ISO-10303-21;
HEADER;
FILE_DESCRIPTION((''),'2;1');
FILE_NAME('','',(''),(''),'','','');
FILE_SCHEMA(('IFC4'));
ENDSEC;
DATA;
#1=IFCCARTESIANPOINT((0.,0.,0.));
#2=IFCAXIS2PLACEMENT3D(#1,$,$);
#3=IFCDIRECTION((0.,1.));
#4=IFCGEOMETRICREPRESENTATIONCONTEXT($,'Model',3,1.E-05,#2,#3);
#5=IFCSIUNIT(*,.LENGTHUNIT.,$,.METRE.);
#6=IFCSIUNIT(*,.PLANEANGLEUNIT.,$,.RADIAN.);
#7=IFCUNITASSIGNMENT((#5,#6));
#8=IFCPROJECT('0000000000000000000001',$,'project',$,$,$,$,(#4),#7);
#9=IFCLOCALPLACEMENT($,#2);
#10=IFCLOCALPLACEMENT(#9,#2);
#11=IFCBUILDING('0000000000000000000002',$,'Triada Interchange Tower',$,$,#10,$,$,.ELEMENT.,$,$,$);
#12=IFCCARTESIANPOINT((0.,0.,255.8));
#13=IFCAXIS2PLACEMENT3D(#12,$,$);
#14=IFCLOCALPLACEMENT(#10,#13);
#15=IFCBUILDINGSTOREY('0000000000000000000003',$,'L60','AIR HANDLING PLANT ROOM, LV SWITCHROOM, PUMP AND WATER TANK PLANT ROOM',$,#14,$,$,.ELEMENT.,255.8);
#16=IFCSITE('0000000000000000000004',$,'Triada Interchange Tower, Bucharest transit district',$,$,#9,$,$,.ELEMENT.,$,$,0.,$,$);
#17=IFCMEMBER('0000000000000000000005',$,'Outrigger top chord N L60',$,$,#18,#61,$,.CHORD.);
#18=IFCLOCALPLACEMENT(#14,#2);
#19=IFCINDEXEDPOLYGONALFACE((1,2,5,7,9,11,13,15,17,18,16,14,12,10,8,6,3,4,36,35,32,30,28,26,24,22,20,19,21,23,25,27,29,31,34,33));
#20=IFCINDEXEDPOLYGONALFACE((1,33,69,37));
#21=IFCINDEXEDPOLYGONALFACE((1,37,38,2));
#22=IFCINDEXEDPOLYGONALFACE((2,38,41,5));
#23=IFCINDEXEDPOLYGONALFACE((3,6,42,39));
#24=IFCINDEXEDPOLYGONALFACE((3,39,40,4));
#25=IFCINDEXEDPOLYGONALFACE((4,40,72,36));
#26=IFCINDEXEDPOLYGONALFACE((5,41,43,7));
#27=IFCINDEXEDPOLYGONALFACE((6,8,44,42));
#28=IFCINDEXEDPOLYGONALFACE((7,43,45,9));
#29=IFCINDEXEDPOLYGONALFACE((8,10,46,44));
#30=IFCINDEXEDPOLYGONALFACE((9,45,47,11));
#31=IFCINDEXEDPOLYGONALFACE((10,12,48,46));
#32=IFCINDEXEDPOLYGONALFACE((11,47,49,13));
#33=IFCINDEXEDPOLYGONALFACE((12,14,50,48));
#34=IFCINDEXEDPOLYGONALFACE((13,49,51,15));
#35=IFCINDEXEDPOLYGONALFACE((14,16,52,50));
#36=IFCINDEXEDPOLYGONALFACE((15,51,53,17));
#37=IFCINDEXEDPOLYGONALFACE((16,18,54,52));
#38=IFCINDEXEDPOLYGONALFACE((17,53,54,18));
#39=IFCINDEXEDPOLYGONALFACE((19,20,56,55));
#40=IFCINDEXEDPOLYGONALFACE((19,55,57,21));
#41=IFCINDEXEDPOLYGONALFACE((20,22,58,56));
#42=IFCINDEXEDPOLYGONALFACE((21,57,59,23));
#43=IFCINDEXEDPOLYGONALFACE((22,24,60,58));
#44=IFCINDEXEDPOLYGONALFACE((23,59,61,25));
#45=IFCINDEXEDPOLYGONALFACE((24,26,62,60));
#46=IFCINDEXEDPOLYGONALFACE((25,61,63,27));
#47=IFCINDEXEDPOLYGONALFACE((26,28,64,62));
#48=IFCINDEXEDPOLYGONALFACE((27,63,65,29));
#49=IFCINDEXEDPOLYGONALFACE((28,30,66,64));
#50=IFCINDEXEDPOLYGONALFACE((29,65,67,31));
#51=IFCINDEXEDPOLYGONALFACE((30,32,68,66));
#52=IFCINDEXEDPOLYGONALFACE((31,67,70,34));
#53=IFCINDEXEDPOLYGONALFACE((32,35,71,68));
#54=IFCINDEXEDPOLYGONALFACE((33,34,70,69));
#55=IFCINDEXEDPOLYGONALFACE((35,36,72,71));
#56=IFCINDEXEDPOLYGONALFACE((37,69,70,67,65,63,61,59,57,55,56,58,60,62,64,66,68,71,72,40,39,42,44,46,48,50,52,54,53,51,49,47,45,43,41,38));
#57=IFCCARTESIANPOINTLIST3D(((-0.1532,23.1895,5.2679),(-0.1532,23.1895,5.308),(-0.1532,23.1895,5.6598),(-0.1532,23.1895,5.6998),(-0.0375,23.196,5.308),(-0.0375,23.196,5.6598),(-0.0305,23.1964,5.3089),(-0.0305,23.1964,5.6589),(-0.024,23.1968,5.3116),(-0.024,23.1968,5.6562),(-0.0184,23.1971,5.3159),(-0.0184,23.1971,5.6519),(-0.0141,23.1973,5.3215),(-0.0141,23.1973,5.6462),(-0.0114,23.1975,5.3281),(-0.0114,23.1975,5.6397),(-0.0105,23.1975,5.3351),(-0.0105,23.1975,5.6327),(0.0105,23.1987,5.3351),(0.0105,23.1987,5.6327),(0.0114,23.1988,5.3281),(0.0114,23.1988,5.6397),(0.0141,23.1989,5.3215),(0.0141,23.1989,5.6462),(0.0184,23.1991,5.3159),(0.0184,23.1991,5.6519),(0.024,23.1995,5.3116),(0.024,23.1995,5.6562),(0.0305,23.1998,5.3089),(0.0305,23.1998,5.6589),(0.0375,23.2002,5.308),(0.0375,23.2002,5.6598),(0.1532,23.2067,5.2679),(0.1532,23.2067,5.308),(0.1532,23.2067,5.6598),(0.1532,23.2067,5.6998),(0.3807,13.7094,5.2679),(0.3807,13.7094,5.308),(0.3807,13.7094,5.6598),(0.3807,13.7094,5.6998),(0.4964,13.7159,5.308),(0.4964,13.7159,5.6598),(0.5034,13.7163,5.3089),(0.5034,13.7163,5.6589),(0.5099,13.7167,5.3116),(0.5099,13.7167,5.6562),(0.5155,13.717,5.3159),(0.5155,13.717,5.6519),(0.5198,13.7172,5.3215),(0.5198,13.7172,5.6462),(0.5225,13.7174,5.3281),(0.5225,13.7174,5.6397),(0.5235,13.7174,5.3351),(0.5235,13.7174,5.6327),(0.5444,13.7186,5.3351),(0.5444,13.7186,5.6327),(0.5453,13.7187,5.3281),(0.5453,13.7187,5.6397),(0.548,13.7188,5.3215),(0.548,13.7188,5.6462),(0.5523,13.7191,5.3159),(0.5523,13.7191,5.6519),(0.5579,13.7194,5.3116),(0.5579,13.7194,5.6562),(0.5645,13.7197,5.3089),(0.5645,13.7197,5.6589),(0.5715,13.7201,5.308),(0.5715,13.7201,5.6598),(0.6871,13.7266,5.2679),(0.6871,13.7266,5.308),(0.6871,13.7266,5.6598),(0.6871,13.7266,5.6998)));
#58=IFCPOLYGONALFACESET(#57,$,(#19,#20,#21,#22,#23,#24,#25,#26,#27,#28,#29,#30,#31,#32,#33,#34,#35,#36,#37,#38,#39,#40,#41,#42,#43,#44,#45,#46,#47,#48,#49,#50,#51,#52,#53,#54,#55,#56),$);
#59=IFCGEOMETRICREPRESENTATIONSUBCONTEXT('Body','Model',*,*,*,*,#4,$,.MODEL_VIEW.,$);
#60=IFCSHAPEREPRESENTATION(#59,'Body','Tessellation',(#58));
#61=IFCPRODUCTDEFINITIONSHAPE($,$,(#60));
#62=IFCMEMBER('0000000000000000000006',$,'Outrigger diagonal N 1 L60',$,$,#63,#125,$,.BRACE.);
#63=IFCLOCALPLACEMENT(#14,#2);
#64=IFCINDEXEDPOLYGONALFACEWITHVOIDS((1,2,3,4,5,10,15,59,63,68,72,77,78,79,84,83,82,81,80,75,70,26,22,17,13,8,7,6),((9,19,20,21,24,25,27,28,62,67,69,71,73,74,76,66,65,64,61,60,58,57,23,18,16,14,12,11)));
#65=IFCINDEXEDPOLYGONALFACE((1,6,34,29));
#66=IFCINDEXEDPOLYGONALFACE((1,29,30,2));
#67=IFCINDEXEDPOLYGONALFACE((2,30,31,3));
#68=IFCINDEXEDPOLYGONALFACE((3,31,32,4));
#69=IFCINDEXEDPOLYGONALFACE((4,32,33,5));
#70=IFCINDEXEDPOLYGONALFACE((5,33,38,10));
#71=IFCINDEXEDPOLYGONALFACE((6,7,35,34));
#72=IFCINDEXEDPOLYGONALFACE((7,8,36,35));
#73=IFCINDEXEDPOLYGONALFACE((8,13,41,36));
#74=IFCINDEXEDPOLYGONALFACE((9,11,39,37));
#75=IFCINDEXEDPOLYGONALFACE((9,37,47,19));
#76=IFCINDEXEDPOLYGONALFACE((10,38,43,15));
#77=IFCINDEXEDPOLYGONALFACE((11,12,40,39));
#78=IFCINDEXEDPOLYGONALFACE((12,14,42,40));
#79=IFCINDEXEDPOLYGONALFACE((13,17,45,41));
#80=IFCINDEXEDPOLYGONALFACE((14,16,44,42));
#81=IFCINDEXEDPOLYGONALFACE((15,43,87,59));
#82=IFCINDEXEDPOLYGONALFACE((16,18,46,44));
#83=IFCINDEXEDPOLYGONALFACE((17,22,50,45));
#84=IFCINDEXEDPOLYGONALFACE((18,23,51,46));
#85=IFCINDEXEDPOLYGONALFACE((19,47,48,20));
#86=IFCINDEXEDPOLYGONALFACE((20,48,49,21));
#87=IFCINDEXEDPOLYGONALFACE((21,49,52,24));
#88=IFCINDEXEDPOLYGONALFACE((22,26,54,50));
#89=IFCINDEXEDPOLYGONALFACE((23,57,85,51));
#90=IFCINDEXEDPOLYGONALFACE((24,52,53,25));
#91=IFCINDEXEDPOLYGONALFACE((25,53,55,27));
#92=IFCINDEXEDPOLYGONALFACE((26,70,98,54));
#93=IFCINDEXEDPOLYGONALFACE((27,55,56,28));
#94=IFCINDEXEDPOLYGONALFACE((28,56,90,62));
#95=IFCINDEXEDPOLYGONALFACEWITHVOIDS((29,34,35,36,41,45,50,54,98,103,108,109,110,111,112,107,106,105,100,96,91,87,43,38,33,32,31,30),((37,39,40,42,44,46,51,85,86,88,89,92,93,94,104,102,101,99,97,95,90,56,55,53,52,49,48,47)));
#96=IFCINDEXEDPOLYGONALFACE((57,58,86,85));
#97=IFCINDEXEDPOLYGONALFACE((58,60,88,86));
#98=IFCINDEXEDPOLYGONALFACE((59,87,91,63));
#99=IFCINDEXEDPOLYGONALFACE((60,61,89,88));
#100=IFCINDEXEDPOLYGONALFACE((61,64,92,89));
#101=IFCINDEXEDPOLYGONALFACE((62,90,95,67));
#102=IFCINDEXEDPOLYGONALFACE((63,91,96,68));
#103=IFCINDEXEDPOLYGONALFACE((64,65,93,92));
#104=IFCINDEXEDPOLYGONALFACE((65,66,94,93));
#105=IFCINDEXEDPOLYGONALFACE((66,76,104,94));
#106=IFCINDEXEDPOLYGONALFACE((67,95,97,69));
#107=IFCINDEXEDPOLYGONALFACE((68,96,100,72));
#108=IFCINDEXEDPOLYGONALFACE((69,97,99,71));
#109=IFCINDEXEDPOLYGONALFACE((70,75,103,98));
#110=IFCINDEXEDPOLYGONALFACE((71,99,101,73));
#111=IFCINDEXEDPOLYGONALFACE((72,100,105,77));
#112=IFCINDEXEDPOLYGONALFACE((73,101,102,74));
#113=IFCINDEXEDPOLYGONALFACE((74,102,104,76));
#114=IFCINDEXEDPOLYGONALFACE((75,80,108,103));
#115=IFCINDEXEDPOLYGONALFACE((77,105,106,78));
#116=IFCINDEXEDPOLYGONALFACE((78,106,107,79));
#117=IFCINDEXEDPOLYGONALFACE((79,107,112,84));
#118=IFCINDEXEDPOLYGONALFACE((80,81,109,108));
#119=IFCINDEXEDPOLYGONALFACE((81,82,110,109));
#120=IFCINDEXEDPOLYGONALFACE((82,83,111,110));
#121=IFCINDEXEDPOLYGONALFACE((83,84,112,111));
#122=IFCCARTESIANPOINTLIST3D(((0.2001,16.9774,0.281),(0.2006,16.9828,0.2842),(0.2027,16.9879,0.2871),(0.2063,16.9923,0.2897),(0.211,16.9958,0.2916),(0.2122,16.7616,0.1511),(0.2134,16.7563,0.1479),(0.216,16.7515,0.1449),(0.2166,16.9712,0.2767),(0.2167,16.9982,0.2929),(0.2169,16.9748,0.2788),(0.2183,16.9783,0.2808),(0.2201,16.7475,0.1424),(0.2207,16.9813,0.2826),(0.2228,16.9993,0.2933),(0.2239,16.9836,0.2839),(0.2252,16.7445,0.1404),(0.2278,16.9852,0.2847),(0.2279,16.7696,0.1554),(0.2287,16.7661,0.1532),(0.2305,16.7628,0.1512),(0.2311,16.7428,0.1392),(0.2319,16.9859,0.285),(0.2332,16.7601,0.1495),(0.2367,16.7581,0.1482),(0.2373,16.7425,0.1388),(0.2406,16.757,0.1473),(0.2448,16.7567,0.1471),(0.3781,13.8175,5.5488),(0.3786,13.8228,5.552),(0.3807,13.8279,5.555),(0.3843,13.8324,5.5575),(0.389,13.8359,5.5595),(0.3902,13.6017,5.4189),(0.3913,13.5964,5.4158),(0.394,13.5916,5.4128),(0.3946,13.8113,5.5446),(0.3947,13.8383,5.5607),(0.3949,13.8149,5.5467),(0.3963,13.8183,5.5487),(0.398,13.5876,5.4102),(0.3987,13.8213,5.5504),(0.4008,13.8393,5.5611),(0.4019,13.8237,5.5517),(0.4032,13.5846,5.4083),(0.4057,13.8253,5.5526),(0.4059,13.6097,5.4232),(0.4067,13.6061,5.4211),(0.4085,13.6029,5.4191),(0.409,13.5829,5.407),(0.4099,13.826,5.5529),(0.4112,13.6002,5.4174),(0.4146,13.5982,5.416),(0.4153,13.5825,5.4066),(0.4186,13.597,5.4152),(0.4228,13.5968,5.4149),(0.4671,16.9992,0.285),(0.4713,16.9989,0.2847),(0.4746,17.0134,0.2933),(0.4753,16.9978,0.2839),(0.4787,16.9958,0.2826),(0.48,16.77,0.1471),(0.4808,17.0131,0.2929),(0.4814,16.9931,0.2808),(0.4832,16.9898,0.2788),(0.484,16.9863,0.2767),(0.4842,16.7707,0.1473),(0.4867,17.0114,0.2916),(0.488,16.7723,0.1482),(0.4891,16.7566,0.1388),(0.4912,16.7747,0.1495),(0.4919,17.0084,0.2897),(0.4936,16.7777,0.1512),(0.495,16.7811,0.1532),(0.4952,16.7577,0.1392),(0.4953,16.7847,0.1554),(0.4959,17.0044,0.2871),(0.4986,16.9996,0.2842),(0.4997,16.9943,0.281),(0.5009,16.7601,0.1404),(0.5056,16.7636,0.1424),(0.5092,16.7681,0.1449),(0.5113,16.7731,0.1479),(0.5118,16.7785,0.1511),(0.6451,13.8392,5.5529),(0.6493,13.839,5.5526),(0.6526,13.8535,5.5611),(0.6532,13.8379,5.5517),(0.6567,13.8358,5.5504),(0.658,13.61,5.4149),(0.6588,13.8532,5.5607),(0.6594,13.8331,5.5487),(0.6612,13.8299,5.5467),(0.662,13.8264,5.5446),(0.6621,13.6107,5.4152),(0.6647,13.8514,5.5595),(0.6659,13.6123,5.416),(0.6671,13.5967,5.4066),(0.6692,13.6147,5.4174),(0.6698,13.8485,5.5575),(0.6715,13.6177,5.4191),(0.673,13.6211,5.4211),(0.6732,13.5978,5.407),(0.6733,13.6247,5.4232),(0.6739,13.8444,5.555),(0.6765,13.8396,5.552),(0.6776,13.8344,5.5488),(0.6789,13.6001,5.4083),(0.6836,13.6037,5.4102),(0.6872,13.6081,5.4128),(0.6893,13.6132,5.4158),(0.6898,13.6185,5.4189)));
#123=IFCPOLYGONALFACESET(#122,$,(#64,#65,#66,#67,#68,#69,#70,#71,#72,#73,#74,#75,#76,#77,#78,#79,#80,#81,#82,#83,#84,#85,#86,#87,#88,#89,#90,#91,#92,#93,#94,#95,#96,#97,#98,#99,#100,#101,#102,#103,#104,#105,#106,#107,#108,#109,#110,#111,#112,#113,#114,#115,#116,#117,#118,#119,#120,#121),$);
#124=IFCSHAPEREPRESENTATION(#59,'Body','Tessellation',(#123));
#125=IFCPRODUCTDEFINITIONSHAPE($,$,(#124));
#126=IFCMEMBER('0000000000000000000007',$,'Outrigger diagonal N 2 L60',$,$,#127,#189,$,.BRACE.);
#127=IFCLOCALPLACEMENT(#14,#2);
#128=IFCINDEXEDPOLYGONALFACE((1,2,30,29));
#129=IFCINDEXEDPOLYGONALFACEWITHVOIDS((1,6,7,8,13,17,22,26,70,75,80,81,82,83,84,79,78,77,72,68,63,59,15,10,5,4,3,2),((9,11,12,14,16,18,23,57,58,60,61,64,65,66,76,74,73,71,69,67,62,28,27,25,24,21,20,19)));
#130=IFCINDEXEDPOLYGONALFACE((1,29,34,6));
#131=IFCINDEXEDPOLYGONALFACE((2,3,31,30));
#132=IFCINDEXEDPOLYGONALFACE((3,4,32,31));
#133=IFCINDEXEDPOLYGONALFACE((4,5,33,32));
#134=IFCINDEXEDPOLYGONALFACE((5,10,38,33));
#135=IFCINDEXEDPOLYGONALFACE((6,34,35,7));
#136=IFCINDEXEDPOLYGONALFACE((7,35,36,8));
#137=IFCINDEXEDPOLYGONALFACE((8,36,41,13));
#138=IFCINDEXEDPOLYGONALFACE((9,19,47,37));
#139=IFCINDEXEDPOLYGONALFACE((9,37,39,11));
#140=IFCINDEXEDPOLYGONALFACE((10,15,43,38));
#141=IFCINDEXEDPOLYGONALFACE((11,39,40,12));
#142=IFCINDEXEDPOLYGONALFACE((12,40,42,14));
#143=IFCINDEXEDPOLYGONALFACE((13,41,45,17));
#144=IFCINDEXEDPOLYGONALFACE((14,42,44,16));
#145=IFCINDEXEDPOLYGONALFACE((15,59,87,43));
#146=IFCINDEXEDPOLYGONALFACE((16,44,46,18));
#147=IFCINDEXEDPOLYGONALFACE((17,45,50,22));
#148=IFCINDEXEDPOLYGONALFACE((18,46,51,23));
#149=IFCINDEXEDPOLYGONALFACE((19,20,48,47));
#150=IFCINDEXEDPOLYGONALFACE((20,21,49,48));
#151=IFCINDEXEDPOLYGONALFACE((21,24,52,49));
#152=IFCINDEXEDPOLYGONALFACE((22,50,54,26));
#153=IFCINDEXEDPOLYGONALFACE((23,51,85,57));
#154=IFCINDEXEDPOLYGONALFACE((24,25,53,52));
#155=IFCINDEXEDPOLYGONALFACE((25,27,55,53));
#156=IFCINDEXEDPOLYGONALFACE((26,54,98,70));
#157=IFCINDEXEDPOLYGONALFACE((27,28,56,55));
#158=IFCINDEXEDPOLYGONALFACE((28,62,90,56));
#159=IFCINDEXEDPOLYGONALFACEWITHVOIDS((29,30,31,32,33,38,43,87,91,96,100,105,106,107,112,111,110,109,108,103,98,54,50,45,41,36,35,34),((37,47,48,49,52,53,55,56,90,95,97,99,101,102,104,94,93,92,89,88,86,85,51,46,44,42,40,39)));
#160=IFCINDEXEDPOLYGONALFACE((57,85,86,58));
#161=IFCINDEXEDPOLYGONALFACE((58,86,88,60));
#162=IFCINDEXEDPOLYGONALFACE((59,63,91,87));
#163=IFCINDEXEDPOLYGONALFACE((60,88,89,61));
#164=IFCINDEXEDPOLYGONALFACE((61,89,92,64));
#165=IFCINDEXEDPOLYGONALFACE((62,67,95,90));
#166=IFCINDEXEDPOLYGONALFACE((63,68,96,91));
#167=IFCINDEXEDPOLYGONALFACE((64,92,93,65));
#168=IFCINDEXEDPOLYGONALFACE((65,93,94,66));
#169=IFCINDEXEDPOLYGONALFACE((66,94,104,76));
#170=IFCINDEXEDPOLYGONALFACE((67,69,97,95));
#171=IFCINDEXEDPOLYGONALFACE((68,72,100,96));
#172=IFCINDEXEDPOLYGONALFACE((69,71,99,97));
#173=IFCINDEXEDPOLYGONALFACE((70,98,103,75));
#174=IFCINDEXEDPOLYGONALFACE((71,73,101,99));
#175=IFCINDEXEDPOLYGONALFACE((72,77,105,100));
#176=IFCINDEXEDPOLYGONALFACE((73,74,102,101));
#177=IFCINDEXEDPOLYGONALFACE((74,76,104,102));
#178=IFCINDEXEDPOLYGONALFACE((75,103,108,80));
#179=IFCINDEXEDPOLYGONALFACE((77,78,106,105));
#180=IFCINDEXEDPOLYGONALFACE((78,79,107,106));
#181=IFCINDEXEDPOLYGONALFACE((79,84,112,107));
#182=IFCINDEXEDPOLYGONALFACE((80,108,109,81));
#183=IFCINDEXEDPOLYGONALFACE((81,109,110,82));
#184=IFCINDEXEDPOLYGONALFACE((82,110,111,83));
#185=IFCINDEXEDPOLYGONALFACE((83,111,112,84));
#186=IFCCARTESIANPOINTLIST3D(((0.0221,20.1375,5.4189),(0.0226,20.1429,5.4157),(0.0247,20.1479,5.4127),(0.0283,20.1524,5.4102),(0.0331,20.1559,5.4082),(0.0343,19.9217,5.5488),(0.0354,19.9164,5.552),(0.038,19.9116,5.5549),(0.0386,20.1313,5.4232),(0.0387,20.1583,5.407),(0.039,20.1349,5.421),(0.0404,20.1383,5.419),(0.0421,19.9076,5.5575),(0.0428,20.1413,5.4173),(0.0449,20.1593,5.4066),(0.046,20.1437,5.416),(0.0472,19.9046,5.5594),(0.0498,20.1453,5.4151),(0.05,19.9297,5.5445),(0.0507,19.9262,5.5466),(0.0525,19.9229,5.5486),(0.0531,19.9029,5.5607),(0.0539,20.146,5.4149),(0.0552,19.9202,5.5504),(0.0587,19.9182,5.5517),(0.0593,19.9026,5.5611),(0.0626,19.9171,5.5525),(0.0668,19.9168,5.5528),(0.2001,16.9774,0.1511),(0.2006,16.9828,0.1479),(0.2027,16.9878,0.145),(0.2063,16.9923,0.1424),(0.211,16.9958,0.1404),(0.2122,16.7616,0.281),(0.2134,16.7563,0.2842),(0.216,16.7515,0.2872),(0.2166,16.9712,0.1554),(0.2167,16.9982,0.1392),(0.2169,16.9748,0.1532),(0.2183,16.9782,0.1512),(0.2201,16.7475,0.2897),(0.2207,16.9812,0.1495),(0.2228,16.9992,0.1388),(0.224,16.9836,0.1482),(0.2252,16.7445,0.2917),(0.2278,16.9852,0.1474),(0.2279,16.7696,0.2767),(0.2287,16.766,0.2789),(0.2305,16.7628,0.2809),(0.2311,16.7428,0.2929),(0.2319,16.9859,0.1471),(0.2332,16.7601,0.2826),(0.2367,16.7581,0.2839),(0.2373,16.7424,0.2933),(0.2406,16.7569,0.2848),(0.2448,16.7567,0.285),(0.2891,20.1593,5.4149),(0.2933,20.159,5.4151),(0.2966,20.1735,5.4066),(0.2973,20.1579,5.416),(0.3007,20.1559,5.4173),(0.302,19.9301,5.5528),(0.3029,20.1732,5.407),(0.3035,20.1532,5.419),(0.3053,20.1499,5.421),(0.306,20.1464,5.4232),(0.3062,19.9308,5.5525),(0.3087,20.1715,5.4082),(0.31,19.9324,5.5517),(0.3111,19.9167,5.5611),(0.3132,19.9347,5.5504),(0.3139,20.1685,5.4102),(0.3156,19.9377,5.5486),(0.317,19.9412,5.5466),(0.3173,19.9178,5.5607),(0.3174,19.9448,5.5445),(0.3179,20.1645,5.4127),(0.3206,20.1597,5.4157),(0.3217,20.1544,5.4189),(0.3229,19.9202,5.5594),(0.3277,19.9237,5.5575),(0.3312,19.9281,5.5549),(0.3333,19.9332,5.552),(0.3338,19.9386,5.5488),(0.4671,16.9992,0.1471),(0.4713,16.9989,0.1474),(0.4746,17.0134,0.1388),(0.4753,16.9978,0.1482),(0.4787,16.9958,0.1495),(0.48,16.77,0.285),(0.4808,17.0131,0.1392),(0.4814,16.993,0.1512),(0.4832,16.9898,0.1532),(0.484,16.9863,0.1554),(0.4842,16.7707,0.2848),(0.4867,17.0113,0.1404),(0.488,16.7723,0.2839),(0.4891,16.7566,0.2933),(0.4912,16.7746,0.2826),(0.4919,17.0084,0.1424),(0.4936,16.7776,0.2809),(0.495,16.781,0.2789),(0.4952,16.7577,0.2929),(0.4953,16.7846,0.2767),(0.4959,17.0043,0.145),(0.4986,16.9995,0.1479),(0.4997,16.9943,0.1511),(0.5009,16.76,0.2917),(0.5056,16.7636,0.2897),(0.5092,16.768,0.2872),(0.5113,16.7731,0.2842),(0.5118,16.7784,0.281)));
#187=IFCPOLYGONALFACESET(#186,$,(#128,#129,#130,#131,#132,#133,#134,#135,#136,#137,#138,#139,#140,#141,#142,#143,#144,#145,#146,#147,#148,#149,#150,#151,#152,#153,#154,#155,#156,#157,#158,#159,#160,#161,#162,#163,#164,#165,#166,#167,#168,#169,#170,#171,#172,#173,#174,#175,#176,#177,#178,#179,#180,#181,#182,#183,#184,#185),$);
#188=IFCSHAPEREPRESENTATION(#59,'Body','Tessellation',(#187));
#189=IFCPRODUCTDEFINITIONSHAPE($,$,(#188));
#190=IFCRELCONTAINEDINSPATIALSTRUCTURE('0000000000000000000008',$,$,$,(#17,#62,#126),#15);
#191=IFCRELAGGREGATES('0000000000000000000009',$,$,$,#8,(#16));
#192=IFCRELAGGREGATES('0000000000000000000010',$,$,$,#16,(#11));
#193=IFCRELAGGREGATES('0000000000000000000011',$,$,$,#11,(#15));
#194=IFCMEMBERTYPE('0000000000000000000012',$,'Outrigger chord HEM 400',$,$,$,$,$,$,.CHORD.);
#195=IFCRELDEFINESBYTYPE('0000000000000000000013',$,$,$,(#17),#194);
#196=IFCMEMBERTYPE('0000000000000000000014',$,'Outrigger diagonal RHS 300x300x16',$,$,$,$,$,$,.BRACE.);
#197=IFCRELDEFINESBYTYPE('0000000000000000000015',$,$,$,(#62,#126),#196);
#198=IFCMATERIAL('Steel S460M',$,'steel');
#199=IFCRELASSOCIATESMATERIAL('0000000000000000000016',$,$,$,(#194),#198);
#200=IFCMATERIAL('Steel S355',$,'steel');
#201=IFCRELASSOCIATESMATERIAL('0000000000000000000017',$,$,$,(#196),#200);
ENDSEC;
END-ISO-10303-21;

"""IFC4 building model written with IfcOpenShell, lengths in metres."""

from ifc_helpers import new_model, si_unit, direction, frame, origin, origin_2d, place, context, subcontext, project, spatial, hollow_rectangle, i_section, extrude, material, material_profile, profile_set, type_object, element, save


model = new_model("IFC4")

# Units and contexts
model_context = context("Model", 3, precision=1e-05, world=origin(), true_north=direction((0.0, 1.0)))
body_context = subcontext(model_context, "Body", "Model", "MODEL_VIEW")
ifc_project = project(units=[si_unit("LENGTHUNIT", "METRE"), si_unit("PLANEANGLEUNIT", "RADIAN")], contexts=[model_context])

# Site, building, storey
site_placement = place(None, origin())
site = spatial("IfcSite", under=ifc_project, at=site_placement, Name="Triada Interchange Tower, Bucharest transit district", CompositionType="ELEMENT", RefElevation=0.0)
building_placement = place(site_placement, origin())
building = spatial("IfcBuilding", under=site, at=building_placement, Name="Triada Interchange Tower", CompositionType="ELEMENT")
storey_placement = place(building_placement, frame((0.0, 0.0, 255.8)))
storey = spatial("IfcBuildingStorey", under=building, at=storey_placement, Name="L60", Description="AIR HANDLING PLANT ROOM, LV SWITCHROOM, PUMP AND WATER TANK PLANT ROOM", CompositionType="ELEMENT", Elevation=255.8)

# Members
ifc_material_1 = material(Name="Steel S355", Category="steel")
ifc_material_2 = material(Name="Steel S460M", Category="steel")
ifc_material_profile_1 = material_profile(ifc_material_2, i_section(OverallWidth=0.3069, OverallDepth=0.4319, WebThickness=0.021, FlangeThickness=0.04, FilletRadius=0.0271, at=origin_2d()), Name="HEM 400")
ifc_profile_set_1 = profile_set([ifc_material_profile_1], Name="Steel S460M")
member_type_1 = type_object("IfcMemberType", Name="Outrigger chord HEM 400", PredefinedType="CHORD", material=ifc_profile_set_1)
for number, where, z_axis, x_axis, name in (
    (1, (0.5339, 13.718, 5.4839), (-0.056233, 0.998418, 0.0), (-0.998418, -0.056233, 0.0), "Outrigger top chord N L60"),
):
    element("IfcMember", number, at=place(storey_placement, frame(where, z_axis=z_axis, x_axis=x_axis)), inside=storey, type_object=member_type_1, Name=name, PredefinedType="CHORD", context=body_context, shape_type="SweptSolid", body=[
        extrude(i_section(OverallWidth=0.3069, OverallDepth=0.4319, WebThickness=0.021, FlangeThickness=0.04, FilletRadius=0.0271, at=origin_2d()), origin(), (0.0, 0.0, 1.0), 9.4951),
    ])
ifc_material_profile_2 = material_profile(ifc_material_1, hollow_rectangle(XDim=0.3, YDim=0.3, WallThickness=0.0161, InnerFilletRadius=0.0161, OuterFilletRadius=0.0239, at=origin_2d()), Name="RHS 300x300x16")
ifc_profile_set_2 = profile_set([ifc_material_profile_2], Name="Steel S355")
member_type_2 = type_object("IfcMemberType", Name="Outrigger diagonal RHS 300x300x16", PredefinedType="BRACE", material=ifc_profile_set_2)
for number, where, z_axis, x_axis, name in (
    (2, (0.5339, 13.718, 5.4839), (-0.028961, 0.514186, -0.857189), (-0.998418, -0.056235, 0.0), "Outrigger diagonal N 1 L60"),
    (3, (0.356, 16.8779, 0.2161), (-0.02896, 0.514216, 0.857172), (-0.998418, -0.05623, 0.0), "Outrigger diagonal N 2 L60"),
):
    element("IfcMember", number, at=place(storey_placement, frame(where, z_axis=z_axis, x_axis=x_axis)), inside=storey, type_object=member_type_2, Name=name, PredefinedType="BRACE", context=body_context, shape_type="SweptSolid", body=[
        extrude(hollow_rectangle(XDim=0.3, YDim=0.3, WallThickness=0.0161, InnerFilletRadius=0.0161, OuterFilletRadius=0.0239, at=origin_2d()), origin(), (0.0, 0.0, 1.0), 6.1455),
    ])

save(model, "model.ifc")
